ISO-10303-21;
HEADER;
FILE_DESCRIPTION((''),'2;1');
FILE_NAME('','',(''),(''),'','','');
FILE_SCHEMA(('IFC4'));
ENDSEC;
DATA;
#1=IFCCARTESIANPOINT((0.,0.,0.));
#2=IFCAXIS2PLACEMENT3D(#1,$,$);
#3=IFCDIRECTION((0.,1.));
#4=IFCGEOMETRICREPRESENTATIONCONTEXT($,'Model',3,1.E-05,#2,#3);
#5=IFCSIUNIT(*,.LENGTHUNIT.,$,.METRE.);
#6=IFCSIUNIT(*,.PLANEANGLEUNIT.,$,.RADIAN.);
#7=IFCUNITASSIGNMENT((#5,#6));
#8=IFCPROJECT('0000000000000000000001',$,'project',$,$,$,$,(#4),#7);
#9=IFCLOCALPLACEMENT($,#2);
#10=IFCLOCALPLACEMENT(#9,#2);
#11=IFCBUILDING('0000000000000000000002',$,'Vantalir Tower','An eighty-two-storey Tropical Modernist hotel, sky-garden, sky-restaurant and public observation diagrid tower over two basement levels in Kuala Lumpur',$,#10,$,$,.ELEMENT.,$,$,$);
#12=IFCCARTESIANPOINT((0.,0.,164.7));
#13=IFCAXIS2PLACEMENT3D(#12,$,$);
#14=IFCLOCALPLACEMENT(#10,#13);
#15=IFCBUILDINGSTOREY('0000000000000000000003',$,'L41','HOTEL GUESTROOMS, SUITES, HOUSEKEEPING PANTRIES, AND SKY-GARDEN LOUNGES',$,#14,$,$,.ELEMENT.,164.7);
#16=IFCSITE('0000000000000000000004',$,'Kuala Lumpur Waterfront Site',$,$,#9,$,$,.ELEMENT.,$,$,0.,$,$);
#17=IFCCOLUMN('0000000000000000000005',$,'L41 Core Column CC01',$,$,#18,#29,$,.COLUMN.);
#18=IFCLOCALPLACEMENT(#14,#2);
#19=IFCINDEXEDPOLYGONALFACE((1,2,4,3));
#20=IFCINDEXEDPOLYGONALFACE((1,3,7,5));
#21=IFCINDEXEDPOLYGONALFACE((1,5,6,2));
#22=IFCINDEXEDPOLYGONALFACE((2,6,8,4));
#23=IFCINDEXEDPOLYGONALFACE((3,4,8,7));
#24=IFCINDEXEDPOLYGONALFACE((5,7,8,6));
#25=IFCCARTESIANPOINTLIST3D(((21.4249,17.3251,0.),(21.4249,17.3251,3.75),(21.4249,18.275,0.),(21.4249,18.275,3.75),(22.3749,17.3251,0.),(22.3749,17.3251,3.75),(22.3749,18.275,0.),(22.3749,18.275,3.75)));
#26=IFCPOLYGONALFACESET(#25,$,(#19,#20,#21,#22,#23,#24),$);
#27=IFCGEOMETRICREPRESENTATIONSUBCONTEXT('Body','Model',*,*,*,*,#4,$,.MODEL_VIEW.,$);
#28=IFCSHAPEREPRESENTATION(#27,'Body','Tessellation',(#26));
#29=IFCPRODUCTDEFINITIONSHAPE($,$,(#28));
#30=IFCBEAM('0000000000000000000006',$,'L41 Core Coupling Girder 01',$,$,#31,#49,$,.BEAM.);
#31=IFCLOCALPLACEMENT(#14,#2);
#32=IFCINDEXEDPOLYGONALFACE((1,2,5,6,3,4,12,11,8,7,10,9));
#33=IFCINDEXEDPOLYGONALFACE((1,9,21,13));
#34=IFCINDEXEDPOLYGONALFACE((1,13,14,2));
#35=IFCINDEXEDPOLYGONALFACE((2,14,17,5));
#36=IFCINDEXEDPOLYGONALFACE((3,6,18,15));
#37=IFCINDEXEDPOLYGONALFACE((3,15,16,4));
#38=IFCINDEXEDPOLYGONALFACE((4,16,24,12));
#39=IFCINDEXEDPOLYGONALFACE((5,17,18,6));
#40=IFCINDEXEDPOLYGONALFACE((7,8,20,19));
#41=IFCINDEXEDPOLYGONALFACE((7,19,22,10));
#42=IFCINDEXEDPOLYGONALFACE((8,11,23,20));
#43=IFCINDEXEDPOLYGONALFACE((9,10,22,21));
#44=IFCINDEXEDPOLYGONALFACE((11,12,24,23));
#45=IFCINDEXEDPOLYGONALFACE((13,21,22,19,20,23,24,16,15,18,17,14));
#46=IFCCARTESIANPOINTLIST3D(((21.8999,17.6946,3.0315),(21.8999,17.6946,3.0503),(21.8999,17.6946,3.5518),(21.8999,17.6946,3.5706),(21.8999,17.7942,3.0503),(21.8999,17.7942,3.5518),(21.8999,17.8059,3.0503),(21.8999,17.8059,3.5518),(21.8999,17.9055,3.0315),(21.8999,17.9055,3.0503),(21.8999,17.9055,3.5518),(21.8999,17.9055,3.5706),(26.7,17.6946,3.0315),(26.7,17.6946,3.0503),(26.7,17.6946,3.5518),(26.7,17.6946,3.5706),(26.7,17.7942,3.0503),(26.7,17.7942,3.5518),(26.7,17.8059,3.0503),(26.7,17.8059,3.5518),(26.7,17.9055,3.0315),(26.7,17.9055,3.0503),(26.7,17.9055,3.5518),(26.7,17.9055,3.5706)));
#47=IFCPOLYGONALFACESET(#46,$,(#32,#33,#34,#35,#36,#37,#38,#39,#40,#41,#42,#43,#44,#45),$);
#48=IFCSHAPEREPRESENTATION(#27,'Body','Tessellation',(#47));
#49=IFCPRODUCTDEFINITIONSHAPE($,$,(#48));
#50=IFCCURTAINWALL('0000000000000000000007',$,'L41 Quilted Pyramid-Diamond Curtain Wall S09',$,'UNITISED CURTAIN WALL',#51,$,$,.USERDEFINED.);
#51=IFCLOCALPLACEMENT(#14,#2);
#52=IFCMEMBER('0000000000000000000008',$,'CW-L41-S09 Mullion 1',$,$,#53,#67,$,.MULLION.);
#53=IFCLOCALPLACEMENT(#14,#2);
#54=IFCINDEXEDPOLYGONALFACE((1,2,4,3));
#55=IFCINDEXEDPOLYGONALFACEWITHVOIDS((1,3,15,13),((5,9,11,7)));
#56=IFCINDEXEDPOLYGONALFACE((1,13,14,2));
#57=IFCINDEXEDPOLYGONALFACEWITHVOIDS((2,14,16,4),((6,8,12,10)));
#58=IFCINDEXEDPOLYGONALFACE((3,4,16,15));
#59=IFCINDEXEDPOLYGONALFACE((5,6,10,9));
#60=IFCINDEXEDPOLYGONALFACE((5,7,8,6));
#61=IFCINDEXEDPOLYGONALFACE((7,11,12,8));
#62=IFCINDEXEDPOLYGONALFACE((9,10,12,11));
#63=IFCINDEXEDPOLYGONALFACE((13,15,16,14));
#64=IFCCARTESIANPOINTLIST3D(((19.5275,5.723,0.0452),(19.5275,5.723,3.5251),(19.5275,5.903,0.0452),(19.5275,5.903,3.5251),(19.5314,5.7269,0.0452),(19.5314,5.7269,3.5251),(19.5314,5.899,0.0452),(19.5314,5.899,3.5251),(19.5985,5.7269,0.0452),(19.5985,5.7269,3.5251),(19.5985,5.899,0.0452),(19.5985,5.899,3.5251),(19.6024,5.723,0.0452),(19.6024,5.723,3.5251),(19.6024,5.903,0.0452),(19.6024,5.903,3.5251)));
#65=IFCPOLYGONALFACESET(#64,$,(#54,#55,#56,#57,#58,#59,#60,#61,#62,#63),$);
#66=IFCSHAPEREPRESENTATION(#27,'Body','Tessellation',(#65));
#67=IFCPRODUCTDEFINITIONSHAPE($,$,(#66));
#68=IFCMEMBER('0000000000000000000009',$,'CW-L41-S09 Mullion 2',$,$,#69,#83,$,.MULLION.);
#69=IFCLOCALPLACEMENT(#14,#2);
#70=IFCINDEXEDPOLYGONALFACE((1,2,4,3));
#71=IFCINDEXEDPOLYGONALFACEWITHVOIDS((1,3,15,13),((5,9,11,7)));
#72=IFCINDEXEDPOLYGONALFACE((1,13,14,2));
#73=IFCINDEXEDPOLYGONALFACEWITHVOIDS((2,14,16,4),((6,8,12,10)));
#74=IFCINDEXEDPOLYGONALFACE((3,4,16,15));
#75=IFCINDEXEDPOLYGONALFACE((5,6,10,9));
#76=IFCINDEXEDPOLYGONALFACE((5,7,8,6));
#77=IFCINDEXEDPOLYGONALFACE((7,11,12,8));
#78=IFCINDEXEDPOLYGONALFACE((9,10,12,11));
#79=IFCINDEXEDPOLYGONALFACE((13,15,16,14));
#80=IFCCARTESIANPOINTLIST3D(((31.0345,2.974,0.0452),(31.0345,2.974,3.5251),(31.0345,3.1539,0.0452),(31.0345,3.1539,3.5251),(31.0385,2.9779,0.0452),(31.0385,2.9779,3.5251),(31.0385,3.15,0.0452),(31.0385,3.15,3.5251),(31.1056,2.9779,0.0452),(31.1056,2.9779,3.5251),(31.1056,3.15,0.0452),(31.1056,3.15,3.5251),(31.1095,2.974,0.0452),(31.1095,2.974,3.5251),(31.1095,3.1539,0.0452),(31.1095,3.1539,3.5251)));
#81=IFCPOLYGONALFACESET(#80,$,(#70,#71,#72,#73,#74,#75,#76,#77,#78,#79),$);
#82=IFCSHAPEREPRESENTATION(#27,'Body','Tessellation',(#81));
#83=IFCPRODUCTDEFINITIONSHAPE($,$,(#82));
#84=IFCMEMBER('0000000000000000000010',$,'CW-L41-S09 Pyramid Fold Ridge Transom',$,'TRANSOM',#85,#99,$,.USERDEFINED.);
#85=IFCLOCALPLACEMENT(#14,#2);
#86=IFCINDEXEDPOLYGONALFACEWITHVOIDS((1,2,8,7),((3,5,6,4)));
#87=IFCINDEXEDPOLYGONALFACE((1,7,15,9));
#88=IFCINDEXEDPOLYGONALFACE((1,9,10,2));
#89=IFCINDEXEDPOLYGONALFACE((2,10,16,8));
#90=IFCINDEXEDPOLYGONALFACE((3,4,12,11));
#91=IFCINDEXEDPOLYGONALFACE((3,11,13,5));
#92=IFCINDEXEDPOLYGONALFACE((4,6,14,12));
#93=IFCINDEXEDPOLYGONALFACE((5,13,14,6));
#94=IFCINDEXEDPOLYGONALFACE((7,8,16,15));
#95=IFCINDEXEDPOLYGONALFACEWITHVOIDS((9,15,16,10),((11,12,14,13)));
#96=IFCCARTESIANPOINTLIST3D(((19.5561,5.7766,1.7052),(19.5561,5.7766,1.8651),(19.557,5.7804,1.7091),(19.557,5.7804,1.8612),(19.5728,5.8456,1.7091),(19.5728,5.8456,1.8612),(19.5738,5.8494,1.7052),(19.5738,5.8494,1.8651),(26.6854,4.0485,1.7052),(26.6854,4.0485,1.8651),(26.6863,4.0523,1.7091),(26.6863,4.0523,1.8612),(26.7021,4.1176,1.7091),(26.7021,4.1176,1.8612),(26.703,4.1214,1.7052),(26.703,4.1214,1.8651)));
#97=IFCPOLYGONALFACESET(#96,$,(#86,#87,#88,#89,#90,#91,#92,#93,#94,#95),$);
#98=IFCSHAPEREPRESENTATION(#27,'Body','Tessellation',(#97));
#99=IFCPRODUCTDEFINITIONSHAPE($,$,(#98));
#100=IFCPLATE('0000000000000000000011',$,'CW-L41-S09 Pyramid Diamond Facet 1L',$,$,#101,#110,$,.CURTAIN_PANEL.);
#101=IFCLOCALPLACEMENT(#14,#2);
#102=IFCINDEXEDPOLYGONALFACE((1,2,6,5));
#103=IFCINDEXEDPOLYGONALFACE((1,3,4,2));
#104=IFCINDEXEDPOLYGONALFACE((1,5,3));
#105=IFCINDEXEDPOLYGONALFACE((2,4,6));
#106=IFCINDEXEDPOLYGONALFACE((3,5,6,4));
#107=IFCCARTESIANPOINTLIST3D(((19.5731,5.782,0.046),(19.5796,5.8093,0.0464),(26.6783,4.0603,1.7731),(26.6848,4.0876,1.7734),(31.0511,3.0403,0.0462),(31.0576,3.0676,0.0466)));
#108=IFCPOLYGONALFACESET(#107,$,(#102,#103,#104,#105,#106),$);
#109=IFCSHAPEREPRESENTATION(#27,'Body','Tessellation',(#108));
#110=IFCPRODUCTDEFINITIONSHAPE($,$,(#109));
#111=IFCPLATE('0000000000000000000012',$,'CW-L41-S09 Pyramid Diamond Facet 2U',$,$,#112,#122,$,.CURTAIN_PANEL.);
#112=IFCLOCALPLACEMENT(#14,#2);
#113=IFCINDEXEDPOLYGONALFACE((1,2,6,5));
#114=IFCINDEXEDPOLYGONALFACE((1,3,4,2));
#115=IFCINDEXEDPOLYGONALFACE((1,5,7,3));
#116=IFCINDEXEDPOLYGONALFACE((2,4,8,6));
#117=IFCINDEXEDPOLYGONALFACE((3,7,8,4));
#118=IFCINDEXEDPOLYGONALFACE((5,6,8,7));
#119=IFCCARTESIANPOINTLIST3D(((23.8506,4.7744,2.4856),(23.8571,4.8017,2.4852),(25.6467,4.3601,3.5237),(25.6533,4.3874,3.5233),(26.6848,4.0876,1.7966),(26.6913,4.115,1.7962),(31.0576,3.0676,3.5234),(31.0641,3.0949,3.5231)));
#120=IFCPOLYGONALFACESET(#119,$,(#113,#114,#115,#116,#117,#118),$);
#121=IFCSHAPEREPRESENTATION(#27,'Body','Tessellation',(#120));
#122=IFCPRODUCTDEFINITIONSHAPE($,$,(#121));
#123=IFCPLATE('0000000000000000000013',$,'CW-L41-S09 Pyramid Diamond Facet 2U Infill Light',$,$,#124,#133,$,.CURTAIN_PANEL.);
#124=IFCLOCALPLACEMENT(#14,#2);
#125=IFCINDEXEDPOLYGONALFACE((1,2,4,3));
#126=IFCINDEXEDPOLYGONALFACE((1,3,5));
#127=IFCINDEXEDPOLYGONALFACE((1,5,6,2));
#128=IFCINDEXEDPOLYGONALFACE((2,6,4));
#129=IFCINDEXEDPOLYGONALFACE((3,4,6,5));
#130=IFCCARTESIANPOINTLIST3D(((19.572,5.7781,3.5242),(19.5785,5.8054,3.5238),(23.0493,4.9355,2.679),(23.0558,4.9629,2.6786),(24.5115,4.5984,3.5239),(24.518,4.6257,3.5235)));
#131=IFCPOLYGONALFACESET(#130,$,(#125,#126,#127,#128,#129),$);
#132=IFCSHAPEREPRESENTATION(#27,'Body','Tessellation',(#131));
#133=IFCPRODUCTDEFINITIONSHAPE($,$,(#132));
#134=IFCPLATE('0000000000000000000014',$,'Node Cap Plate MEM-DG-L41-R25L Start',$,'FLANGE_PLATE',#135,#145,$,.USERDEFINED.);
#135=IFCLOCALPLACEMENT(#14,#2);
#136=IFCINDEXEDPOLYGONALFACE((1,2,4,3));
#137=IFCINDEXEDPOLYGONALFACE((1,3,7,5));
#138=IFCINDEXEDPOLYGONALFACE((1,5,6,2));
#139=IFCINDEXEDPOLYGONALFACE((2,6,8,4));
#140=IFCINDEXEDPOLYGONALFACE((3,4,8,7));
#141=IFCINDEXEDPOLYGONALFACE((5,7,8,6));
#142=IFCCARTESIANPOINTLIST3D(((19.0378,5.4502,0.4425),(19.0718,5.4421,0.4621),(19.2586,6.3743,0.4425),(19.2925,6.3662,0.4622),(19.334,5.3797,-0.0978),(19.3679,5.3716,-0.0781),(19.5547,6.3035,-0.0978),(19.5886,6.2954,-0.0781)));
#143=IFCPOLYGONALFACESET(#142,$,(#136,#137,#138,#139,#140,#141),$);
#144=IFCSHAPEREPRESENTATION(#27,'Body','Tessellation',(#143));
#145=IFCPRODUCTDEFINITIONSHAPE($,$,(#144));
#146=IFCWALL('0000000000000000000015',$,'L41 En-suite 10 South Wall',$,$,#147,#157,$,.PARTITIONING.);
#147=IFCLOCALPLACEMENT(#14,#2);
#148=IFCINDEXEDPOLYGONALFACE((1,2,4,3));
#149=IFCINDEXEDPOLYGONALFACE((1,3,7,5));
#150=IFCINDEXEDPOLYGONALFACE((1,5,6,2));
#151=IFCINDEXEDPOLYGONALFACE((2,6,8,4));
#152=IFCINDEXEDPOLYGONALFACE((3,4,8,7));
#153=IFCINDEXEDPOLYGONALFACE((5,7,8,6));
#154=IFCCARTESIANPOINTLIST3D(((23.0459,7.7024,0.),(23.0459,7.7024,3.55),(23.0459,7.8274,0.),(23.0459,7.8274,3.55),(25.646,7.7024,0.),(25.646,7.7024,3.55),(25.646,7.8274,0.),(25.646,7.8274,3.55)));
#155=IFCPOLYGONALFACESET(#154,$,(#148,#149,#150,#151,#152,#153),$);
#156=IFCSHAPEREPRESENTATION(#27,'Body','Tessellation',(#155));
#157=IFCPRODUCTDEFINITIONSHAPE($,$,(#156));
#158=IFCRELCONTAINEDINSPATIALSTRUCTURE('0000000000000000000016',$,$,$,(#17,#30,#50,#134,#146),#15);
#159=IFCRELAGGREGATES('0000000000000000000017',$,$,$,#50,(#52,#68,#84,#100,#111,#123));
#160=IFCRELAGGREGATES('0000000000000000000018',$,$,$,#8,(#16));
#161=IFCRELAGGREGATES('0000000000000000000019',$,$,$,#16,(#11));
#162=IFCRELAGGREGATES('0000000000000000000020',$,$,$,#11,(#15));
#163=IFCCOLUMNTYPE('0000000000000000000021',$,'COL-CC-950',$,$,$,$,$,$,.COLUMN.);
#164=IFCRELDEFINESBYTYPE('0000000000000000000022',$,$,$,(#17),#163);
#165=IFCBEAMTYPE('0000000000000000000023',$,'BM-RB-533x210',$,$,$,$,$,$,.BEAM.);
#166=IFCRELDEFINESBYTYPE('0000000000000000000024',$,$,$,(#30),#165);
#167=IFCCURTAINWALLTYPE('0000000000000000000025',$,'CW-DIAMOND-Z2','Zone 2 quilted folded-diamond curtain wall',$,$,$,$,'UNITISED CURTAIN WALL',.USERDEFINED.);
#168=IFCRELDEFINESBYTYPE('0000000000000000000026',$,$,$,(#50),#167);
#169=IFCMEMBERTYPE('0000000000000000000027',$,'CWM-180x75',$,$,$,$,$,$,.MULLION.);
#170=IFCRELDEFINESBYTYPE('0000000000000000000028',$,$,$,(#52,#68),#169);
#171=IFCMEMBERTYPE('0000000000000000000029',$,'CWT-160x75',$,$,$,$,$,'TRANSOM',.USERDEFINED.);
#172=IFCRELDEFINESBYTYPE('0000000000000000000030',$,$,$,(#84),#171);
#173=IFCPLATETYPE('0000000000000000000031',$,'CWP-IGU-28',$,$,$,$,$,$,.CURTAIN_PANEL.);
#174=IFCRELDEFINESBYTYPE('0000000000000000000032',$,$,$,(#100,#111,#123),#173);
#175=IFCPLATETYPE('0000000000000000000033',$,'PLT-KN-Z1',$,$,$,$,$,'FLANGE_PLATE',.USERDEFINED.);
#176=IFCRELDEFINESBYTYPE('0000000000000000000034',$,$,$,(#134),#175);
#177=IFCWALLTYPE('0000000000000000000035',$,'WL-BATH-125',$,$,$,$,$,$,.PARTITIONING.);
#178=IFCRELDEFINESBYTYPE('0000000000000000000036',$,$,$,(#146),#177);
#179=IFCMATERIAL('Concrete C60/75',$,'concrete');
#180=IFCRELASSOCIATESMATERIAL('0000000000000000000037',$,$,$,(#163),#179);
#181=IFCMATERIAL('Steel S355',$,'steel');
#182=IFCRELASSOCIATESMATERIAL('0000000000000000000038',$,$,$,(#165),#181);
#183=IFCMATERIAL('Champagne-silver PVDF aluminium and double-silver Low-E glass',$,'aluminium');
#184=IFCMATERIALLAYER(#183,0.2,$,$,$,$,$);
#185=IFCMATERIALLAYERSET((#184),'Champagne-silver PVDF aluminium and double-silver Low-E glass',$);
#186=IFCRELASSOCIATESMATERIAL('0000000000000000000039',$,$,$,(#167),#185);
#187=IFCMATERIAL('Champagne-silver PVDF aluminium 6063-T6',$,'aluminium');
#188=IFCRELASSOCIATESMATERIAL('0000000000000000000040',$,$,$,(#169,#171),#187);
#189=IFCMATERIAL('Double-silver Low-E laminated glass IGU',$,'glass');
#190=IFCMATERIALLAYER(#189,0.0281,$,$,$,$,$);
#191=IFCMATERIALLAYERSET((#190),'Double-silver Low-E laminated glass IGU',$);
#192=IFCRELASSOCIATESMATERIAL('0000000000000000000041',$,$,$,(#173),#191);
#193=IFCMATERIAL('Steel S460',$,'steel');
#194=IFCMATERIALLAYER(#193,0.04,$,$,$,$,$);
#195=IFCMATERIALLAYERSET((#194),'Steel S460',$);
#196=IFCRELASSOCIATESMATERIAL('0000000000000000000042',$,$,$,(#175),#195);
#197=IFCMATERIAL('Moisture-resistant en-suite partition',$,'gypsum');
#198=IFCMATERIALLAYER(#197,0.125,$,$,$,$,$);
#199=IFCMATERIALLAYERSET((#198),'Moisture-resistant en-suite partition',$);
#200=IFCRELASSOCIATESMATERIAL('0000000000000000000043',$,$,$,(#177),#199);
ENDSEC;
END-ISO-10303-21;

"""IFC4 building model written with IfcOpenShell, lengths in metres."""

from ifc_helpers import new_model, si_unit, direction, frame, frame_2d, origin, origin_2d, place, context, subcontext, project, spatial, polyline, rectangle, hollow_rectangle, i_section, outline, extrude, material, layer, layer_set, material_profile, profile_set, type_object, element, aggregate, save


model = new_model("IFC4")

# Units and contexts
model_context = context("Model", 3, precision=1e-05, world=origin(), true_north=direction((0.0, 1.0)))
body_context = subcontext(model_context, "Body", "Model", "MODEL_VIEW")
ifc_project = project(units=[si_unit("LENGTHUNIT", "METRE"), si_unit("PLANEANGLEUNIT", "RADIAN")], contexts=[model_context])

# Site, building, storey
site_placement = place(None, origin())
site = spatial("IfcSite", under=ifc_project, at=site_placement, Name="Kuala Lumpur Waterfront Site", CompositionType="ELEMENT", RefElevation=0.0)
building_placement = place(site_placement, origin())
building = spatial("IfcBuilding", under=site, at=building_placement, Name="Vantalir Tower", Description="An eighty-two-storey Tropical Modernist hotel, sky-garden, sky-restaurant and public observation diagrid tower over two basement levels in Kuala Lumpur", CompositionType="ELEMENT")
storey_placement = place(building_placement, frame((0.0, 0.0, 164.7)))
storey = spatial("IfcBuildingStorey", under=building, at=storey_placement, Name="L41", Description="HOTEL GUESTROOMS, SUITES, HOUSEKEEPING PANTRIES, AND SKY-GARDEN LOUNGES", CompositionType="ELEMENT", Elevation=164.7)

# Column
ifc_material_1 = material(Name="Concrete C60/75", Category="concrete")
ifc_material_profile_1 = material_profile(ifc_material_1, rectangle(XDim=0.95, YDim=0.95, at=origin_2d()), Name="Concrete C60/75")
ifc_profile_set_1 = profile_set([ifc_material_profile_1], Name="Concrete C60/75")
column_type = type_object("IfcColumnType", Name="COL-CC-950", PredefinedType="COLUMN", material=ifc_profile_set_1)
column_placement = place(storey_placement, frame((21.8999, 17.8, 0.0), z_axis=(0.0, 0.0, 1.0), x_axis=(1.0, 0.0, 0.0)))
element("IfcColumn", 1, at=column_placement, inside=storey, type_object=column_type, Name="L41 Core Column CC01", PredefinedType="COLUMN", context=body_context, shape_type="SweptSolid", body=[
    extrude(rectangle(XDim=0.95, YDim=0.95, at=origin_2d()), origin(), (0.0, 0.0, 1.0), 3.75),
])

# Beam
ifc_material_2 = material(Name="Steel S355", Category="steel")
ifc_material_profile_2 = material_profile(ifc_material_2, i_section(OverallWidth=0.2109, OverallDepth=0.5391, WebThickness=0.0117, FlangeThickness=0.0188, at=origin_2d()), Name="Steel S355")
ifc_profile_set_2 = profile_set([ifc_material_profile_2], Name="Steel S355")
beam_type = type_object("IfcBeamType", Name="BM-RB-533x210", PredefinedType="BEAM", material=ifc_profile_set_2)
beam_placement = place(storey_placement, frame((21.8999, 17.8, 3.301), z_axis=(1.0, 0.0, 0.0), x_axis=(0.0, 1.0, 0.0)))
element("IfcBeam", 2, at=beam_placement, inside=storey, type_object=beam_type, Name="L41 Core Coupling Girder 01", PredefinedType="BEAM", context=body_context, shape_type="SweptSolid", body=[
    extrude(i_section(OverallWidth=0.2109, OverallDepth=0.5391, WebThickness=0.0117, FlangeThickness=0.0188, at=origin_2d()), origin(), (0.0, 0.0, 1.0), 4.8),
])

# Curtain wall, members, plates
ifc_material_3 = material(Name="Champagne-silver PVDF aluminium and double-silver Low-E glass", Category="aluminium")
ifc_layer_1 = layer(ifc_material_3, 0.2)
ifc_layer_set_1 = layer_set([ifc_layer_1], Name="Champagne-silver PVDF aluminium and double-silver Low-E glass")
curtain_wall_type = type_object("IfcCurtainWallType", Name="CW-DIAMOND-Z2", Description="Zone 2 quilted folded-diamond curtain wall", ElementType="UNITISED CURTAIN WALL", PredefinedType="USERDEFINED", material=ifc_layer_set_1)
curtain_wall_placement = place(storey_placement, origin())
curtain_wall = element("IfcCurtainWall", 3, at=curtain_wall_placement, inside=storey, type_object=curtain_wall_type, Name="L41 Quilted Pyramid-Diamond Curtain Wall S09", ObjectType="UNITISED CURTAIN WALL", PredefinedType="USERDEFINED")
ifc_material_4 = material(Name="Champagne-silver PVDF aluminium 6063-T6", Category="aluminium")
ifc_material_profile_3 = material_profile(ifc_material_4, hollow_rectangle(XDim=0.075, YDim=0.1799, WallThickness=0.0039, at=origin_2d()), Name="Champagne-silver PVDF aluminium 6063-T6")
ifc_profile_set_3 = profile_set([ifc_material_profile_3], Name="Champagne-silver PVDF aluminium 6063-T6")
member_type_1 = type_object("IfcMemberType", Name="CWM-180x75", PredefinedType="MULLION", material=ifc_profile_set_3)
member_1_placement = place(storey_placement, frame((19.5649, 5.813, 0.0452), z_axis=(0.0, 0.0, 1.0), x_axis=(1.0, 0.0, 0.0)))
member_1 = element("IfcMember", 4, at=member_1_placement, type_object=member_type_1, Name="CW-L41-S09 Mullion 1", PredefinedType="MULLION", context=body_context, shape_type="SweptSolid", body=[
    extrude(hollow_rectangle(XDim=0.075, YDim=0.1799, WallThickness=0.0039, at=origin_2d()), origin(), (0.0, 0.0, 1.0), 3.48),
])
member_2_placement = place(storey_placement, frame((31.072, 3.064, 0.0452), z_axis=(0.0, 0.0, 1.0), x_axis=(1.0, 0.0, 0.0)))
member_2 = element("IfcMember", 5, at=member_2_placement, type_object=member_type_1, Name="CW-L41-S09 Mullion 2", PredefinedType="MULLION", context=body_context, shape_type="SweptSolid", body=[
    extrude(hollow_rectangle(XDim=0.075, YDim=0.1799, WallThickness=0.0039, at=origin_2d()), origin(), (0.0, 0.0, 1.0), 3.48),
])
ifc_material_profile_4 = material_profile(ifc_material_4, hollow_rectangle(XDim=0.075, YDim=0.1599, WallThickness=0.0039, at=origin_2d()), Name="Champagne-silver PVDF aluminium 6063-T6")
ifc_profile_set_4 = profile_set([ifc_material_profile_4], Name="Champagne-silver PVDF aluminium 6063-T6")
member_type_2 = type_object("IfcMemberType", Name="CWT-160x75", ElementType="TRANSOM", PredefinedType="USERDEFINED", material=ifc_profile_set_4)
member_3_placement = place(storey_placement, frame((19.5649, 5.813, 1.7852), z_axis=(0.971858, -0.235568, 0.0), x_axis=(0.235568, 0.971858, 0.0)))
member_3 = element("IfcMember", 6, at=member_3_placement, type_object=member_type_2, Name="CW-L41-S09 Pyramid Fold Ridge Transom", ObjectType="TRANSOM", PredefinedType="USERDEFINED", context=body_context, shape_type="SweptSolid", body=[
    extrude(hollow_rectangle(XDim=0.075, YDim=0.1599, WallThickness=0.0039, at=origin_2d()), origin(), (0.0, 0.0, 1.0), 7.3357),
])
ifc_material_5 = material(Name="Double-silver Low-E laminated glass IGU", Category="glass")
ifc_layer_2 = layer(ifc_material_5, 0.0281)
ifc_layer_set_2 = layer_set([ifc_layer_2], Name="Double-silver Low-E laminated glass IGU")
plate_type_1 = type_object("IfcPlateType", Name="CWP-IGU-28", PredefinedType="CURTAIN_PANEL", material=ifc_layer_set_2)
plate_1_placement = place(storey_placement, frame((19.5796, 5.8093, 0.0464), z_axis=(0.232307, 0.972545, 0.013792), x_axis=(0.972637, -0.232329, 0.000021)))
plate_1 = element("IfcPlate", 7, at=plate_1_placement, type_object=plate_type_1, Name="CW-L41-S09 Pyramid Diamond Facet 1L", PredefinedType="CURTAIN_PANEL", context=body_context, shape_type="SweptSolid", body=[
    extrude(outline(polyline([(0.0, 0.0), (11.8009, 0.0), (7.3108, -1.7271), (0.0, 0.0)])), origin(), (0.0, 0.0, -1.0), 0.0281),
])
plate_2_placement = place(storey_placement, frame((25.6467, 4.3601, 3.5237), z_axis=(-0.232307, -0.972545, 0.013796), x_axis=(0.972637, -0.23233, -0.000044)))
plate_2 = element("IfcPlate", 8, at=plate_2_placement, type_object=plate_type_1, Name="CW-L41-S09 Pyramid Diamond Facet 2U", PredefinedType="CURTAIN_PANEL", context=body_context, shape_type="SweptSolid", body=[
    extrude(outline(polyline([(0.0, 0.0), (5.5631, 0.0), (1.0731, -1.7272), (-1.8432, -1.0383), (0.0, 0.0)])), origin(), (0.0, 0.0, -1.0), 0.0281),
])
plate_3_placement = place(storey_placement, frame((19.572, 5.7781, 3.5242), z_axis=(-0.232273, -0.972552, 0.013866), x_axis=(0.972645, -0.232296, -0.000048)))
plate_3 = element("IfcPlate", 9, at=plate_3_placement, type_object=plate_type_1, Name="CW-L41-S09 Pyramid Diamond Facet 2U Infill Light", PredefinedType="CURTAIN_PANEL", context=body_context, shape_type="SweptSolid", body=[
    extrude(outline(polyline([(0.0, 0.0), (5.0784, 0.0), (3.5779, -0.8451), (0.0, 0.0)])), origin(), (0.0, 0.0, -1.0), 0.0281),
])
aggregate(curtain_wall, [member_1, member_2, member_3, plate_1, plate_2, plate_3])

# Plate
ifc_material_6 = material(Name="Steel S460", Category="steel")
ifc_layer_3 = layer(ifc_material_6, 0.04)
ifc_layer_set_3 = layer_set([ifc_layer_3], Name="Steel S460")
plate_type_2 = type_object("IfcPlateType", Name="PLT-KN-Z1", ElementType="FLANGE_PLATE", PredefinedType="USERDEFINED", material=ifc_layer_set_3)
plate_4_placement = place(storey_placement, frame((19.3679, 5.3716, -0.0781), z_axis=(0.847357, -0.202407, 0.490936), x_axis=(0.23234, 0.972635, -0.000013)))
element("IfcPlate", 10, at=plate_4_placement, inside=storey, type_object=plate_type_2, Name="Node Cap Plate MEM-DG-L41-R25L Start", ObjectType="FLANGE_PLATE", PredefinedType="USERDEFINED", context=body_context, shape_type="SweptSolid", body=[
    extrude(outline(polyline([(0.0, 0.0), (0.9498, 0.0), (0.9499, 0.6202), (-0.0002, 0.6201), (0.0, 0.0)])), origin(), (0.0, 0.0, -1.0), 0.04),
])

# Wall
ifc_material_7 = material(Name="Moisture-resistant en-suite partition", Category="gypsum")
ifc_layer_4 = layer(ifc_material_7, 0.125)
ifc_layer_set_4 = layer_set([ifc_layer_4], Name="Moisture-resistant en-suite partition")
wall_type_1 = type_object("IfcWallType", Name="WL-BATH-125", PredefinedType="PARTITIONING", material=ifc_layer_set_4)
wall_1_placement = place(storey_placement, frame((23.0459, 7.7649, 0.0), z_axis=(0.0, 0.0, 1.0), x_axis=(1.0, 0.0, 0.0)))
element("IfcWall", 11, at=wall_1_placement, inside=storey, type_object=wall_type_1, Name="L41 En-suite 10 South Wall", PredefinedType="PARTITIONING", context=body_context, shape_type="SweptSolid", body=[
    extrude(rectangle(XDim=2.6001, YDim=0.125, at=frame_2d((1.3, 0.0))), origin(), (0.0, 0.0, 1.0), 3.55),
])

save(model, "model.ifc")
